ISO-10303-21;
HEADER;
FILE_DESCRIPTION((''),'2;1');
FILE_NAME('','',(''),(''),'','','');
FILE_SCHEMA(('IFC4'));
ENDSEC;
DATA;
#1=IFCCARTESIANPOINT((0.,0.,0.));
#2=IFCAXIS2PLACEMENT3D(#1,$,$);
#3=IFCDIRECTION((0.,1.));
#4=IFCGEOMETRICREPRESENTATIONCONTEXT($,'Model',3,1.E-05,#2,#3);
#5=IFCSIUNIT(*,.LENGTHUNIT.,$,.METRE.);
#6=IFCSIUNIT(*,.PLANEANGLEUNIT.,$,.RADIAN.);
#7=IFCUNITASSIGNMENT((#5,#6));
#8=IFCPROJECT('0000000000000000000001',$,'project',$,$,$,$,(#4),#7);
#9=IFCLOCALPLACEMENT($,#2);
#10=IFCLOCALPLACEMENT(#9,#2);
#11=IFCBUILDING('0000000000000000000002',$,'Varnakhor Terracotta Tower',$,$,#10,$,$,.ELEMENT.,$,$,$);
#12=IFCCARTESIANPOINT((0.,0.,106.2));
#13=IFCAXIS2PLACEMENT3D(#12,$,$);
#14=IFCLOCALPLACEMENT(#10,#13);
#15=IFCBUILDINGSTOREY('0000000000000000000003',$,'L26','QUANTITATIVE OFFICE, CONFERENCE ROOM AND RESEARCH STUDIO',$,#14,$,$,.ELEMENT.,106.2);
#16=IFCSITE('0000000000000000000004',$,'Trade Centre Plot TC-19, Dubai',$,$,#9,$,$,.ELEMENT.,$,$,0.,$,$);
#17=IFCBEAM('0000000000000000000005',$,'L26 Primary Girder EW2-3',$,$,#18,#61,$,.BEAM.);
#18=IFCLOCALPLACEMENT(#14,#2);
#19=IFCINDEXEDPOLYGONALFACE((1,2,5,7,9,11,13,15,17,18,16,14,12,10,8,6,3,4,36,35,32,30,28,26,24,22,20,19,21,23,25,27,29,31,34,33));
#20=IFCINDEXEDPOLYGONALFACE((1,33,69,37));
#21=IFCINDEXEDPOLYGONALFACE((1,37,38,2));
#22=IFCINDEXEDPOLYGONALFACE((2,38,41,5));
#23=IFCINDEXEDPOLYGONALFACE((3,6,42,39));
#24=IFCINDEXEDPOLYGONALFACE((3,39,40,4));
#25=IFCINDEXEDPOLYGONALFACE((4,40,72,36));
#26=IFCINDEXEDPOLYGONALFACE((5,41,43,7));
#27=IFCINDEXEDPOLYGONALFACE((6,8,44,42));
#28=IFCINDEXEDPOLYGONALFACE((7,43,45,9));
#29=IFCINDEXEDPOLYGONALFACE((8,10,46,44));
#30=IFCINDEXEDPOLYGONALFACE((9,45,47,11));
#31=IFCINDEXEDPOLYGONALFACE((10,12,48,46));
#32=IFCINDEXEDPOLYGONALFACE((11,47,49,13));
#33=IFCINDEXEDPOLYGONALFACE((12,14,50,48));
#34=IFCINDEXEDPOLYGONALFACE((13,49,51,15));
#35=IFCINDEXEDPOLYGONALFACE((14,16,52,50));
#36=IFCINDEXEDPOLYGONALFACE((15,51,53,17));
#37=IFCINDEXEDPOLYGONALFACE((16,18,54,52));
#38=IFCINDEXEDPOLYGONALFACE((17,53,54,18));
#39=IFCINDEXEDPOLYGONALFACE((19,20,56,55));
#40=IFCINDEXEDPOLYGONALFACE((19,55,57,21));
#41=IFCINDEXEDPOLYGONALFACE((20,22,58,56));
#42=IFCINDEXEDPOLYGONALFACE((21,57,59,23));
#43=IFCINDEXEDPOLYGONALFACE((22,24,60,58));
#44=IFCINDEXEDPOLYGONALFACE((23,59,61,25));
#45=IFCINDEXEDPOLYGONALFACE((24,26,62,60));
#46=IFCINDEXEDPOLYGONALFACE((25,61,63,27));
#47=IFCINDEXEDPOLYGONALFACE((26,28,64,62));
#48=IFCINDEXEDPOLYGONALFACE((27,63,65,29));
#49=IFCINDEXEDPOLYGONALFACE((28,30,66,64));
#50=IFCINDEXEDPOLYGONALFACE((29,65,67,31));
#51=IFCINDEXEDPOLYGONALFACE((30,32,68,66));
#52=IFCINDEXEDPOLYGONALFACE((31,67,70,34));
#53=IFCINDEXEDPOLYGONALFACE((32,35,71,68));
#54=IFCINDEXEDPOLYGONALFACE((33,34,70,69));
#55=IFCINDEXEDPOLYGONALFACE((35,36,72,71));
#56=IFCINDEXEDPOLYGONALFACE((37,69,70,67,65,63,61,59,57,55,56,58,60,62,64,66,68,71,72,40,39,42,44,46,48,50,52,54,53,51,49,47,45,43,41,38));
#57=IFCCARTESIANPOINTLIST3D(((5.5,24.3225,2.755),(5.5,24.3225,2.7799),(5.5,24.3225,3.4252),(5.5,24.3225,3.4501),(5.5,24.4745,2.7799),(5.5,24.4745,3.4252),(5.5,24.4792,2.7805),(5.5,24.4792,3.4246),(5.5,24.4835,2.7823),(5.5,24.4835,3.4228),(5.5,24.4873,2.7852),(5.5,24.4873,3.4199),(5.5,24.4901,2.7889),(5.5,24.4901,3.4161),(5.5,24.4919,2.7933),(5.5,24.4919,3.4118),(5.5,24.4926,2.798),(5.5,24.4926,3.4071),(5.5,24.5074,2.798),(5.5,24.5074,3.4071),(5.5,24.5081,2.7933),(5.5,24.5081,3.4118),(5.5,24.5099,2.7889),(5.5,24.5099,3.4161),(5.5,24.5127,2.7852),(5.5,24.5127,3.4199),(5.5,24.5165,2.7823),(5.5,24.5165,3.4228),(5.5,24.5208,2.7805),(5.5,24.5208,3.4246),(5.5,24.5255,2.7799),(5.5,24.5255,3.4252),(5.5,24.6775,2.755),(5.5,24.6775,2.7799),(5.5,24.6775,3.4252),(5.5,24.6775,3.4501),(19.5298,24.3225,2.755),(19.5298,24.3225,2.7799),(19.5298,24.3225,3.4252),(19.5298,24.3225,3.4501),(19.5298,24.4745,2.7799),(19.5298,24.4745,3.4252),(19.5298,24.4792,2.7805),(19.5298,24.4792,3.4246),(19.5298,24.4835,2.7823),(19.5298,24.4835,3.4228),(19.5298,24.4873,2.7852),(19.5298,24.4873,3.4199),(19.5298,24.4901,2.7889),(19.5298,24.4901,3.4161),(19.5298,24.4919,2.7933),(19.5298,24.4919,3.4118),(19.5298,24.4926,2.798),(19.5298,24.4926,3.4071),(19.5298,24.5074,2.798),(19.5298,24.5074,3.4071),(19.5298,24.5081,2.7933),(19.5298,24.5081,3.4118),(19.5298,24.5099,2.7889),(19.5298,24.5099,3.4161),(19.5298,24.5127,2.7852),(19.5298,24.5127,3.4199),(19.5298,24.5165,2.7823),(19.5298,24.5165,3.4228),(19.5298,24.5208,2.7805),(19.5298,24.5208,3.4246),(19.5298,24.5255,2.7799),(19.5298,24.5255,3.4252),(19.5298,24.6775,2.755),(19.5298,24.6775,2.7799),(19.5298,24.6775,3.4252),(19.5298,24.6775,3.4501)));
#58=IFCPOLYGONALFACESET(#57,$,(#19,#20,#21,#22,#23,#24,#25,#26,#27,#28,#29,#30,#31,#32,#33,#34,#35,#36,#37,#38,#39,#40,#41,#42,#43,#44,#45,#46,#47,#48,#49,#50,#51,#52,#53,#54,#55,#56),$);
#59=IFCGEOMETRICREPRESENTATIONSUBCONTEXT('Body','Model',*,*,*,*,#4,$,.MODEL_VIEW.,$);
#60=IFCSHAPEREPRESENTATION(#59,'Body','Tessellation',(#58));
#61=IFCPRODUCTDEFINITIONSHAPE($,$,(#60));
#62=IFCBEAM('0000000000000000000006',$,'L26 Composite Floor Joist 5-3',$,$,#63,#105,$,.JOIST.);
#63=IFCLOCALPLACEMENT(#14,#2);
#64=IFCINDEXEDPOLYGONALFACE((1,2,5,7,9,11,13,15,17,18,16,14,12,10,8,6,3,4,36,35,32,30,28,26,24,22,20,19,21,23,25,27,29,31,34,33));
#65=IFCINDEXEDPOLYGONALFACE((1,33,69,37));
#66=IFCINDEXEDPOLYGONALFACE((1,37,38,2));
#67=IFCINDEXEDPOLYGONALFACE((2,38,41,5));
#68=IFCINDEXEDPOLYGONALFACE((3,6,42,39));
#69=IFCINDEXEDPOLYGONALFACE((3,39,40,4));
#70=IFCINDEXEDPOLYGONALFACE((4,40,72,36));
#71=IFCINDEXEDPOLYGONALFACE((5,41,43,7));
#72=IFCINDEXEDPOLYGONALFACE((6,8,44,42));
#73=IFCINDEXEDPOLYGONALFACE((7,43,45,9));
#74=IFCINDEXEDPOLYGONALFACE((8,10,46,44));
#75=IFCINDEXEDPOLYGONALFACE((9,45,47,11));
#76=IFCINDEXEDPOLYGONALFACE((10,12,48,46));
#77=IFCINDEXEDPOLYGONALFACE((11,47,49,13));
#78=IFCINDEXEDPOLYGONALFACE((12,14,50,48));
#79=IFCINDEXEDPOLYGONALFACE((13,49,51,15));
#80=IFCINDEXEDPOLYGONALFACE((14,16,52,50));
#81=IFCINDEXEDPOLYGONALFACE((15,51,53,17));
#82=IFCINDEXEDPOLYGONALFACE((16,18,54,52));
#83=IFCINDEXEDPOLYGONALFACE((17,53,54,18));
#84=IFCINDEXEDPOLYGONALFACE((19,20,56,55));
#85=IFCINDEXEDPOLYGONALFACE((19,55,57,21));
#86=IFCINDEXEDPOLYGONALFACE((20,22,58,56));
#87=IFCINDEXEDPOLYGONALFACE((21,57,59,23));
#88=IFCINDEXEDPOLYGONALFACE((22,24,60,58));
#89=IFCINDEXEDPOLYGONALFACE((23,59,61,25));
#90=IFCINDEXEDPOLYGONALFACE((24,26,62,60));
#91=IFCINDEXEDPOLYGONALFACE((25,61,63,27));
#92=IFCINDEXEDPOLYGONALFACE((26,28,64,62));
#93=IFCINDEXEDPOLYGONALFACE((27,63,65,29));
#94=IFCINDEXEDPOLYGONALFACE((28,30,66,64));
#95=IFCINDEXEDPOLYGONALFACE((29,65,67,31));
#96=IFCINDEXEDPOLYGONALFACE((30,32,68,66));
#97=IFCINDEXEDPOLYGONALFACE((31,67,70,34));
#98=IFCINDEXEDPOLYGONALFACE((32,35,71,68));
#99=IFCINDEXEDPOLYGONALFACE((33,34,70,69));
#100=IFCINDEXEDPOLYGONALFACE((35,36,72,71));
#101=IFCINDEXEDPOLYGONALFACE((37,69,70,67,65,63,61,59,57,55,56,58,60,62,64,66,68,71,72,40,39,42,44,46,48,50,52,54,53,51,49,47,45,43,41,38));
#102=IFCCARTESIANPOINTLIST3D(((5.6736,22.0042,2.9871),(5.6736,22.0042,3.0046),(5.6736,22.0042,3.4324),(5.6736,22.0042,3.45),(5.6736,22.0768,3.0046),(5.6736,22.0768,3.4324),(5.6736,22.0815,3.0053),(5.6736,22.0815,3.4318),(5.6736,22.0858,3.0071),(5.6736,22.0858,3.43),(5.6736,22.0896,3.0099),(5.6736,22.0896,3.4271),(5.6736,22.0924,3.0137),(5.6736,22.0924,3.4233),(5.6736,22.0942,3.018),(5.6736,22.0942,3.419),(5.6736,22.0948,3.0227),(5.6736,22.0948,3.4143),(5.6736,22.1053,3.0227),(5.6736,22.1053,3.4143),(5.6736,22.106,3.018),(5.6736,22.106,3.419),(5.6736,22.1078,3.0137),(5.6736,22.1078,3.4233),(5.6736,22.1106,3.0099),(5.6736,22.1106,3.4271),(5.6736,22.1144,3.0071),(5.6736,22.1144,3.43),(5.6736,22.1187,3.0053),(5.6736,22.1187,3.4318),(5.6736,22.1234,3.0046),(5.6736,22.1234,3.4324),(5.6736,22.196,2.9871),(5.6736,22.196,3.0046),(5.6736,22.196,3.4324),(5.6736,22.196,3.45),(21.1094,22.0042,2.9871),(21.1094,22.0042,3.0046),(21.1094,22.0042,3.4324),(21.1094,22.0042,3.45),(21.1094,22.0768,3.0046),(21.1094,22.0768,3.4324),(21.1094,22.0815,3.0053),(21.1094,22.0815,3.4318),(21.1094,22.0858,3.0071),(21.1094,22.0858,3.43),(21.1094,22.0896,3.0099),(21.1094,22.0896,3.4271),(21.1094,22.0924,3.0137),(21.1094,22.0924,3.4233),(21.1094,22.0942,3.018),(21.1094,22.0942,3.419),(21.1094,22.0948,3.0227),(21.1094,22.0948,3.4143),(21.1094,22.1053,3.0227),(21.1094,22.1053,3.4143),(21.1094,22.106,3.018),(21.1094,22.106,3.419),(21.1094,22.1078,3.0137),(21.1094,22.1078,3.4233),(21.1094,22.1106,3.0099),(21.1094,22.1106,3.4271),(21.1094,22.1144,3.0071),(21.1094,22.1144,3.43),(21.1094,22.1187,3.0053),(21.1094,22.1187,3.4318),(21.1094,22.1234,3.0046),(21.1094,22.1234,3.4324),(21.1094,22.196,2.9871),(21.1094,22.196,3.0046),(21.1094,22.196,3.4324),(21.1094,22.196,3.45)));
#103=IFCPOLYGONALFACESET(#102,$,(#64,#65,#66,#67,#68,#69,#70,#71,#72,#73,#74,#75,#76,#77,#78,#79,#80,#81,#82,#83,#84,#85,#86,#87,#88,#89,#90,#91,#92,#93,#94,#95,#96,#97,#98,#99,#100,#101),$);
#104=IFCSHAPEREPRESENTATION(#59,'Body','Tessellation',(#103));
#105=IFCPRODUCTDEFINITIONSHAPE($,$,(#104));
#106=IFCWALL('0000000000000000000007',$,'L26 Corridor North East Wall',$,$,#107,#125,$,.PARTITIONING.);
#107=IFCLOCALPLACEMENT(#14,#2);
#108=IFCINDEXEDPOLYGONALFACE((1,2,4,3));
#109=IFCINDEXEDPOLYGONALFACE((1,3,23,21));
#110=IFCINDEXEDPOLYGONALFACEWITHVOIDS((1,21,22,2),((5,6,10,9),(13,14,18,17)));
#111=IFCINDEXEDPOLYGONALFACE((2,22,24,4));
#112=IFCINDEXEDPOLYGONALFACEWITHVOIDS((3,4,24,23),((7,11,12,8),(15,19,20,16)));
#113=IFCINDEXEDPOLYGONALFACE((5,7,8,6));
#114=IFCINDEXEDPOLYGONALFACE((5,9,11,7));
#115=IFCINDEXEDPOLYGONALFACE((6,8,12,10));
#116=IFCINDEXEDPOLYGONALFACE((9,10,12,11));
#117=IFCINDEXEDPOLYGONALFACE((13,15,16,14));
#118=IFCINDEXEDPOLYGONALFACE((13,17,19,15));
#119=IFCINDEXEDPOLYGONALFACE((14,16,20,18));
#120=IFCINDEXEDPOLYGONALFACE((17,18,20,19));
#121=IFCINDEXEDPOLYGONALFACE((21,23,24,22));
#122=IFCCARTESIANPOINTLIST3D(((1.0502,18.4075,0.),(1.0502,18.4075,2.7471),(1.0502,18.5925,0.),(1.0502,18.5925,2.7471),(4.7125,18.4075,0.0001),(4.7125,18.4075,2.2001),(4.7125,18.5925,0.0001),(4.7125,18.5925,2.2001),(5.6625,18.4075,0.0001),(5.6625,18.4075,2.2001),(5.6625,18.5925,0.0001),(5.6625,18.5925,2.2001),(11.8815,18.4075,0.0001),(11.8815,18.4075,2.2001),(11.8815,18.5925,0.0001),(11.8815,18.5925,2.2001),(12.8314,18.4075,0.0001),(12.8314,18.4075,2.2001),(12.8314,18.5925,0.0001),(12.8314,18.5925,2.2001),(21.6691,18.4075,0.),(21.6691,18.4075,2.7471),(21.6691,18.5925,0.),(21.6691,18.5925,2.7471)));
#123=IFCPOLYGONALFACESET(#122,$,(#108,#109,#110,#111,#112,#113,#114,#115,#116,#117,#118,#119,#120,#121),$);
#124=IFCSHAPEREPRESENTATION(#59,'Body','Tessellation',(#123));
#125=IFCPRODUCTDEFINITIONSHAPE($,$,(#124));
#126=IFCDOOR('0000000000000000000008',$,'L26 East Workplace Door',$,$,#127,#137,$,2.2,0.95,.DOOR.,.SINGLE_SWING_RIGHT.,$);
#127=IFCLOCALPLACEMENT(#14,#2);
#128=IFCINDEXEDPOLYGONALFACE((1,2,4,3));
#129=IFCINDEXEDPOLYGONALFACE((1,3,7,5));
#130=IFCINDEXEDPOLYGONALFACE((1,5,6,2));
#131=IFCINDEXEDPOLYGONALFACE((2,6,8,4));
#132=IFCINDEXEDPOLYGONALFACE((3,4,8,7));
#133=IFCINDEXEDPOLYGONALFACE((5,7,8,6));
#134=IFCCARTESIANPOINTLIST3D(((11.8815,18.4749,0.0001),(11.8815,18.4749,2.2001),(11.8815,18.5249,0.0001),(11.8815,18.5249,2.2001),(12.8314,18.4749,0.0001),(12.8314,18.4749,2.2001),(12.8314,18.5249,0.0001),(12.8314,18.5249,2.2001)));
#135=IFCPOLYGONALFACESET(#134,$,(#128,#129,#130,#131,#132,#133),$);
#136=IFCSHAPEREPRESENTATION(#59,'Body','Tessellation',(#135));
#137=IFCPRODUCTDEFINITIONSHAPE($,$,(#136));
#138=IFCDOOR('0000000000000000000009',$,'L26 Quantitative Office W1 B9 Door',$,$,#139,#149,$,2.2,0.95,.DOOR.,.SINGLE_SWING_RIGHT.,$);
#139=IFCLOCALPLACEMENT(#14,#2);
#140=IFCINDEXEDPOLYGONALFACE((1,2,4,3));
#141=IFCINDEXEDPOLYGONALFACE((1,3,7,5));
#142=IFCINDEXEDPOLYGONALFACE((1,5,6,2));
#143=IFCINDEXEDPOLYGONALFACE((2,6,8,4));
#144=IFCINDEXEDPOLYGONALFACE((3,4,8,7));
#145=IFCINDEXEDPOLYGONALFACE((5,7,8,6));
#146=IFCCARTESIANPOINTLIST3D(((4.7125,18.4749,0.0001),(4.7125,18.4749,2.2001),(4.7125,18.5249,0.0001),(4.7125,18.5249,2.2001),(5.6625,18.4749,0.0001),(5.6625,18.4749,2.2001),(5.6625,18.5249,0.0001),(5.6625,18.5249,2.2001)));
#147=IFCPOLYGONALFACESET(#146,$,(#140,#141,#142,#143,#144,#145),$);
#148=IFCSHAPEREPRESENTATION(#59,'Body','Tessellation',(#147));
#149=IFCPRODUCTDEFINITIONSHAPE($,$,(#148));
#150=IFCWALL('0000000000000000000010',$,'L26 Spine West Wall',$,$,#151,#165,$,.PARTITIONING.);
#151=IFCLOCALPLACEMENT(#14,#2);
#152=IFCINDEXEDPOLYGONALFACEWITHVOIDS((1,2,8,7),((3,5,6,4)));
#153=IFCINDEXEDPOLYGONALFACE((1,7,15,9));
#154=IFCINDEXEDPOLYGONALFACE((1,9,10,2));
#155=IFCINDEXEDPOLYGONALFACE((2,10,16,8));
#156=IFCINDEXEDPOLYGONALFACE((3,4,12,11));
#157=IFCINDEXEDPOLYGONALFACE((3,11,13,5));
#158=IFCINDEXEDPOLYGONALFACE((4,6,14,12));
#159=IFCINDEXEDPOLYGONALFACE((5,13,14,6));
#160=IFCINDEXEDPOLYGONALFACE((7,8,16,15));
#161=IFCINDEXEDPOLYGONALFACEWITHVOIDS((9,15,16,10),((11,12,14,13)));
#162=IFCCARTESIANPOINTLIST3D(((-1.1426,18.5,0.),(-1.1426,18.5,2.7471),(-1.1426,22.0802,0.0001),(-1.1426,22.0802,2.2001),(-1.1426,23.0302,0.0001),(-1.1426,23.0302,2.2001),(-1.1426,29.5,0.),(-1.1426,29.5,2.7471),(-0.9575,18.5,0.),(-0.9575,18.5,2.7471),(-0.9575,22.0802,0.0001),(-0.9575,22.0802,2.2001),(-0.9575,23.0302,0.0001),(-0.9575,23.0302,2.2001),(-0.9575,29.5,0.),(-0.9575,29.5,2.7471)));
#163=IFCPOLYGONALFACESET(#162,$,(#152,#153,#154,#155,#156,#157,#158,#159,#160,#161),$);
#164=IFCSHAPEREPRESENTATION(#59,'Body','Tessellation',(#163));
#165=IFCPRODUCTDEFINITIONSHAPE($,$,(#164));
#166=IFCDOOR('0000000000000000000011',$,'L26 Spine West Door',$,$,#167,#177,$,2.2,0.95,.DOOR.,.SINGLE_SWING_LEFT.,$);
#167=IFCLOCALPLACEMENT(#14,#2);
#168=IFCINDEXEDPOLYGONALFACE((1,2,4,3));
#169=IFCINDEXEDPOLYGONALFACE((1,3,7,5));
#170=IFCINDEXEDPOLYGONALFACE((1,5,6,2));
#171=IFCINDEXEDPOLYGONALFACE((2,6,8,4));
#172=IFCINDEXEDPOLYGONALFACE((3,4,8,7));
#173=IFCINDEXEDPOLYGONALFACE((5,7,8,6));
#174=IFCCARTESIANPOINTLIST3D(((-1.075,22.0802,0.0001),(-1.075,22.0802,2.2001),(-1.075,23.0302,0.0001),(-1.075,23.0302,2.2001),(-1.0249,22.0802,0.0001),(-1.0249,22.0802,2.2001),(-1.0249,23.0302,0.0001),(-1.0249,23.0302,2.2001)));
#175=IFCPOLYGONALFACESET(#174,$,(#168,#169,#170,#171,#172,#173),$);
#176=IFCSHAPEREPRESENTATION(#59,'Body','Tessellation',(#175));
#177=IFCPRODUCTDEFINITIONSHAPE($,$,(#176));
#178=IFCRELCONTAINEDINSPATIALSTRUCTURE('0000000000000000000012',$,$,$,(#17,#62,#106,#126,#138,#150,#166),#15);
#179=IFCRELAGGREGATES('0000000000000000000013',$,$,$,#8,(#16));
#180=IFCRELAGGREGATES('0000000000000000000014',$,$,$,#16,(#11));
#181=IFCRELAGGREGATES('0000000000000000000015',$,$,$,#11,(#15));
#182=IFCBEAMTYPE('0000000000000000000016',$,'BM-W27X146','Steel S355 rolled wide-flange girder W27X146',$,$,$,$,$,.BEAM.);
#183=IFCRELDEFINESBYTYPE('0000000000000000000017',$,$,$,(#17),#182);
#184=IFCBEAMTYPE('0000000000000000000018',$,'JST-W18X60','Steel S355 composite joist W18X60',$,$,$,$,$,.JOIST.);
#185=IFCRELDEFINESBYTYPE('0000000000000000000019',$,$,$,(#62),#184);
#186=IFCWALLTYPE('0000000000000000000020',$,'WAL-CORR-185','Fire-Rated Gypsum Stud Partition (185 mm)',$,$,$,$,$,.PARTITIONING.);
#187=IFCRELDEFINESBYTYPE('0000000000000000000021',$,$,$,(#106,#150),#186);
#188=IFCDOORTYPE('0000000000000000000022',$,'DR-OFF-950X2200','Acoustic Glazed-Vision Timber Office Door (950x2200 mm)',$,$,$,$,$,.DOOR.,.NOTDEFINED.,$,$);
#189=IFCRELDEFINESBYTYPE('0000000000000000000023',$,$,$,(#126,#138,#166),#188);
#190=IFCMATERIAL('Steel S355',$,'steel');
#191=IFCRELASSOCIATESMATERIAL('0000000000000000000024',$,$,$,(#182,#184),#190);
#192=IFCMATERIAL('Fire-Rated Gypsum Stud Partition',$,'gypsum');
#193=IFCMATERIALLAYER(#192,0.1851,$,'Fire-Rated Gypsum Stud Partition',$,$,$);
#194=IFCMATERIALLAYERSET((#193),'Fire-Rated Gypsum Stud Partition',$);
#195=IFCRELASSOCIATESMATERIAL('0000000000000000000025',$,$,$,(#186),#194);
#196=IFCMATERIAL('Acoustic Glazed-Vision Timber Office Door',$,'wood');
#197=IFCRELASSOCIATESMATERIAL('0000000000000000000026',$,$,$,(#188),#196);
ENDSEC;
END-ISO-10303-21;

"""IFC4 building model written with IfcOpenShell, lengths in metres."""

from ifc_helpers import new_model, si_unit, direction, frame, frame_2d, origin, origin_2d, place, context, subcontext, project, spatial, rectangle, i_section, extrude, source, transform, mapped, material, layer, layer_set, material_profile, profile_set, type_object, type_shapes, element, fill, save


model = new_model("IFC4")

# Units and contexts
model_context = context("Model", 3, precision=1e-05, world=origin(), true_north=direction((0.0, 1.0)))
body_context = subcontext(model_context, "Body", "Model", "MODEL_VIEW")
ifc_project = project(units=[si_unit("LENGTHUNIT", "METRE"), si_unit("PLANEANGLEUNIT", "RADIAN")], contexts=[model_context])

# Site, building, storey
site_placement = place(None, origin())
site = spatial("IfcSite", under=ifc_project, at=site_placement, Name="Trade Centre Plot TC-19, Dubai", CompositionType="ELEMENT", RefElevation=0.0)
building_placement = place(site_placement, origin())
building = spatial("IfcBuilding", under=site, at=building_placement, Name="Varnakhor Terracotta Tower", CompositionType="ELEMENT")
storey_placement = place(building_placement, frame((0.0, 0.0, 106.2)))
storey = spatial("IfcBuildingStorey", under=building, at=storey_placement, Name="L26", Description="QUANTITATIVE OFFICE, CONFERENCE ROOM AND RESEARCH STUDIO", CompositionType="ELEMENT", Elevation=106.2)

# Beams
ifc_material_1 = material(Name="Steel S355", Category="steel")
ifc_material_profile_1 = material_profile(ifc_material_1, i_section(OverallWidth=0.355, OverallDepth=0.6951, WebThickness=0.0149, FlangeThickness=0.0249, FilletRadius=0.0181, at=origin_2d()), Name="W27X146")
ifc_profile_set_1 = profile_set([ifc_material_profile_1], Name="Steel S355")
beam_type_1 = type_object("IfcBeamType", Name="BM-W27X146", Description="Steel S355 rolled wide-flange girder W27X146", PredefinedType="BEAM", material=ifc_profile_set_1)
ifc_material_profile_2 = material_profile(ifc_material_1, i_section(OverallWidth=0.1919, OverallDepth=0.4629, WebThickness=0.0105, FlangeThickness=0.0176, FilletRadius=0.0181, at=origin_2d()), Name="W18X60")
ifc_profile_set_2 = profile_set([ifc_material_profile_2], Name="Steel S355")
beam_type_2 = type_object("IfcBeamType", Name="JST-W18X60", Description="Steel S355 composite joist W18X60", PredefinedType="JOIST", material=ifc_profile_set_2)
shared_shape_1 = source(origin(), body_context, "Body", "SweptSolid", [
    extrude(i_section(OverallWidth=0.355, OverallDepth=0.6951, WebThickness=0.0149, FlangeThickness=0.0249, FilletRadius=0.0181, at=origin_2d()), origin(), (0.0, 0.0, 1.0), 14.0298),
])
beam_1_placement = place(storey_placement, frame((5.5, 24.5, 3.1025), z_axis=(1.0, 0.0, 0.0), x_axis=(0.0, 1.0, 0.0)))
element("IfcBeam", 1, at=beam_1_placement, inside=storey, type_object=beam_type_1, Name="L26 Primary Girder EW2-3", PredefinedType="BEAM", context=body_context, shape_type="MappedRepresentation", body=[
    mapped(shared_shape_1, transform((0.0, 0.0, 0.0), scale=1.0)),
])
shared_shape_2 = source(origin(), body_context, "Body", "SweptSolid", [
    extrude(i_section(OverallWidth=0.1919, OverallDepth=0.4629, WebThickness=0.0105, FlangeThickness=0.0176, FilletRadius=0.0181, at=origin_2d()), origin(), (0.0, 0.0, 1.0), 15.4358),
])
beam_2_placement = place(storey_placement, frame((5.6736, 22.1001, 3.2185), z_axis=(1.0, 0.0, 0.0), x_axis=(0.0, 1.0, 0.0)))
element("IfcBeam", 2, at=beam_2_placement, inside=storey, type_object=beam_type_2, Name="L26 Composite Floor Joist 5-3", PredefinedType="JOIST", context=body_context, shape_type="MappedRepresentation", body=[
    mapped(shared_shape_2, transform((0.0, 0.0, 0.0), scale=1.0)),
])

# Wall, openings, doors
ifc_material_2 = material(Name="Fire-Rated Gypsum Stud Partition", Category="gypsum")
ifc_layer_1 = layer(ifc_material_2, 0.1851, Name="Fire-Rated Gypsum Stud Partition")
ifc_layer_set_1 = layer_set([ifc_layer_1], Name="Fire-Rated Gypsum Stud Partition")
wall_type_1 = type_object("IfcWallType", Name="WAL-CORR-185", Description="Fire-Rated Gypsum Stud Partition (185 mm)", PredefinedType="PARTITIONING", material=ifc_layer_set_1)
wall_1_placement = place(storey_placement, frame((1.05, 18.5, 0.0), z_axis=(0.0, 0.0, 1.0), x_axis=(1.0, 0.0, 0.0)))
wall_1 = element("IfcWall", 3, at=wall_1_placement, inside=storey, type_object=wall_type_1, Name="L26 Corridor North East Wall", PredefinedType="PARTITIONING", context=body_context, shape_type="SweptSolid", body=[
    extrude(rectangle(XDim=20.6189, YDim=0.1851, at=frame_2d((10.3096, 0.0))), origin(), (0.0, 0.0, 1.0), 2.7471),
])
opening_1_placement = place(wall_1_placement, frame((10.8313, 0.0, 0.0)))
opening_1 = element("IfcOpeningElement", 4, at=opening_1_placement, cuts=wall_1, PredefinedType="OPENING", context=body_context, shape_type="SweptSolid", body=[
    extrude(rectangle(XDim=0.95, YDim=2.2, at=frame_2d((0.4751, 1.1001))), frame((0.0, 0.1025, 0.0), z_axis=(0.0, -1.0, 0.0), x_axis=(1.0, 0.0, 0.0)), (0.0, 0.0, 1.0), 0.2051),
])
opening_2_placement = place(wall_1_placement, frame((3.6624, 0.0, 0.0)))
opening_2 = element("IfcOpeningElement", 5, at=opening_2_placement, cuts=wall_1, PredefinedType="OPENING", context=body_context, shape_type="SweptSolid", body=[
    extrude(rectangle(XDim=0.95, YDim=2.2, at=frame_2d((0.4751, 1.1001))), frame((0.0, 0.1025, 0.0), z_axis=(0.0, -1.0, 0.0), x_axis=(1.0, 0.0, 0.0)), (0.0, 0.0, 1.0), 0.2051),
])
ifc_material_3 = material(Name="Acoustic Glazed-Vision Timber Office Door", Category="wood")
door_type_1 = type_object("IfcDoorType", Name="DR-OFF-950X2200", Description="Acoustic Glazed-Vision Timber Office Door (950x2200 mm)", OperationType="NOTDEFINED", PredefinedType="DOOR", material=ifc_material_3)
shared_shape_3 = source(origin(), body_context, "Body", "SweptSolid", [
    extrude(rectangle(XDim=0.95, YDim=2.2, at=frame_2d((0.4751, 1.1001))), frame((0.0, 0.0249, 0.0), z_axis=(0.0, -1.0, 0.0), x_axis=(1.0, 0.0, 0.0)), (0.0, 0.0, 1.0), 0.05),
])
type_shapes(door_type_1, [shared_shape_3])
door_1_placement = place(opening_1_placement, origin())
door_1 = element("IfcDoor", 6, at=door_1_placement, inside=storey, type_object=door_type_1, Name="L26 East Workplace Door", OperationType="SINGLE_SWING_RIGHT", OverallHeight=2.2, OverallWidth=0.95, PredefinedType="DOOR", context=body_context, shape_type="MappedRepresentation", body=[
    mapped(shared_shape_3, transform((0.0, 0.0, 0.0), scale=1.0)),
])
fill(opening_1, door_1)
door_2_placement = place(opening_2_placement, origin())
door_2 = element("IfcDoor", 7, at=door_2_placement, inside=storey, type_object=door_type_1, Name="L26 Quantitative Office W1 B9 Door", OperationType="SINGLE_SWING_RIGHT", OverallHeight=2.2, OverallWidth=0.95, PredefinedType="DOOR", context=body_context, shape_type="MappedRepresentation", body=[
    mapped(shared_shape_3, transform((0.0, 0.0, 0.0), scale=1.0)),
])
fill(opening_2, door_2)

# Wall, opening, door
wall_2_placement = place(storey_placement, frame((-1.05, 18.5, 0.0), z_axis=(0.0, 0.0, 1.0), x_axis=(0.0, 1.0, 0.0)))
wall_2 = element("IfcWall", 8, at=wall_2_placement, inside=storey, type_object=wall_type_1, Name="L26 Spine West Wall", PredefinedType="PARTITIONING", context=body_context, shape_type="SweptSolid", body=[
    extrude(rectangle(XDim=11.0, YDim=0.1851, at=frame_2d((5.5, 0.0))), origin(), (0.0, 0.0, 1.0), 2.7471),
])
opening_3_placement = place(wall_2_placement, frame((3.5801, 0.0, 0.0)))
opening_3 = element("IfcOpeningElement", 9, at=opening_3_placement, cuts=wall_2, PredefinedType="OPENING", context=body_context, shape_type="SweptSolid", body=[
    extrude(rectangle(XDim=0.95, YDim=2.2, at=frame_2d((0.4751, 1.1001))), frame((0.0, 0.1025, 0.0), z_axis=(0.0, -1.0, 0.0), x_axis=(1.0, 0.0, 0.0)), (0.0, 0.0, 1.0), 0.2051),
])
door_3_placement = place(opening_3_placement, origin())
door_3 = element("IfcDoor", 10, at=door_3_placement, inside=storey, type_object=door_type_1, Name="L26 Spine West Door", OperationType="SINGLE_SWING_LEFT", OverallHeight=2.2, OverallWidth=0.95, PredefinedType="DOOR", context=body_context, shape_type="MappedRepresentation", body=[
    mapped(shared_shape_3, transform((0.0, 0.0, 0.0), scale=1.0)),
])
fill(opening_3, door_3)

save(model, "model.ifc")
